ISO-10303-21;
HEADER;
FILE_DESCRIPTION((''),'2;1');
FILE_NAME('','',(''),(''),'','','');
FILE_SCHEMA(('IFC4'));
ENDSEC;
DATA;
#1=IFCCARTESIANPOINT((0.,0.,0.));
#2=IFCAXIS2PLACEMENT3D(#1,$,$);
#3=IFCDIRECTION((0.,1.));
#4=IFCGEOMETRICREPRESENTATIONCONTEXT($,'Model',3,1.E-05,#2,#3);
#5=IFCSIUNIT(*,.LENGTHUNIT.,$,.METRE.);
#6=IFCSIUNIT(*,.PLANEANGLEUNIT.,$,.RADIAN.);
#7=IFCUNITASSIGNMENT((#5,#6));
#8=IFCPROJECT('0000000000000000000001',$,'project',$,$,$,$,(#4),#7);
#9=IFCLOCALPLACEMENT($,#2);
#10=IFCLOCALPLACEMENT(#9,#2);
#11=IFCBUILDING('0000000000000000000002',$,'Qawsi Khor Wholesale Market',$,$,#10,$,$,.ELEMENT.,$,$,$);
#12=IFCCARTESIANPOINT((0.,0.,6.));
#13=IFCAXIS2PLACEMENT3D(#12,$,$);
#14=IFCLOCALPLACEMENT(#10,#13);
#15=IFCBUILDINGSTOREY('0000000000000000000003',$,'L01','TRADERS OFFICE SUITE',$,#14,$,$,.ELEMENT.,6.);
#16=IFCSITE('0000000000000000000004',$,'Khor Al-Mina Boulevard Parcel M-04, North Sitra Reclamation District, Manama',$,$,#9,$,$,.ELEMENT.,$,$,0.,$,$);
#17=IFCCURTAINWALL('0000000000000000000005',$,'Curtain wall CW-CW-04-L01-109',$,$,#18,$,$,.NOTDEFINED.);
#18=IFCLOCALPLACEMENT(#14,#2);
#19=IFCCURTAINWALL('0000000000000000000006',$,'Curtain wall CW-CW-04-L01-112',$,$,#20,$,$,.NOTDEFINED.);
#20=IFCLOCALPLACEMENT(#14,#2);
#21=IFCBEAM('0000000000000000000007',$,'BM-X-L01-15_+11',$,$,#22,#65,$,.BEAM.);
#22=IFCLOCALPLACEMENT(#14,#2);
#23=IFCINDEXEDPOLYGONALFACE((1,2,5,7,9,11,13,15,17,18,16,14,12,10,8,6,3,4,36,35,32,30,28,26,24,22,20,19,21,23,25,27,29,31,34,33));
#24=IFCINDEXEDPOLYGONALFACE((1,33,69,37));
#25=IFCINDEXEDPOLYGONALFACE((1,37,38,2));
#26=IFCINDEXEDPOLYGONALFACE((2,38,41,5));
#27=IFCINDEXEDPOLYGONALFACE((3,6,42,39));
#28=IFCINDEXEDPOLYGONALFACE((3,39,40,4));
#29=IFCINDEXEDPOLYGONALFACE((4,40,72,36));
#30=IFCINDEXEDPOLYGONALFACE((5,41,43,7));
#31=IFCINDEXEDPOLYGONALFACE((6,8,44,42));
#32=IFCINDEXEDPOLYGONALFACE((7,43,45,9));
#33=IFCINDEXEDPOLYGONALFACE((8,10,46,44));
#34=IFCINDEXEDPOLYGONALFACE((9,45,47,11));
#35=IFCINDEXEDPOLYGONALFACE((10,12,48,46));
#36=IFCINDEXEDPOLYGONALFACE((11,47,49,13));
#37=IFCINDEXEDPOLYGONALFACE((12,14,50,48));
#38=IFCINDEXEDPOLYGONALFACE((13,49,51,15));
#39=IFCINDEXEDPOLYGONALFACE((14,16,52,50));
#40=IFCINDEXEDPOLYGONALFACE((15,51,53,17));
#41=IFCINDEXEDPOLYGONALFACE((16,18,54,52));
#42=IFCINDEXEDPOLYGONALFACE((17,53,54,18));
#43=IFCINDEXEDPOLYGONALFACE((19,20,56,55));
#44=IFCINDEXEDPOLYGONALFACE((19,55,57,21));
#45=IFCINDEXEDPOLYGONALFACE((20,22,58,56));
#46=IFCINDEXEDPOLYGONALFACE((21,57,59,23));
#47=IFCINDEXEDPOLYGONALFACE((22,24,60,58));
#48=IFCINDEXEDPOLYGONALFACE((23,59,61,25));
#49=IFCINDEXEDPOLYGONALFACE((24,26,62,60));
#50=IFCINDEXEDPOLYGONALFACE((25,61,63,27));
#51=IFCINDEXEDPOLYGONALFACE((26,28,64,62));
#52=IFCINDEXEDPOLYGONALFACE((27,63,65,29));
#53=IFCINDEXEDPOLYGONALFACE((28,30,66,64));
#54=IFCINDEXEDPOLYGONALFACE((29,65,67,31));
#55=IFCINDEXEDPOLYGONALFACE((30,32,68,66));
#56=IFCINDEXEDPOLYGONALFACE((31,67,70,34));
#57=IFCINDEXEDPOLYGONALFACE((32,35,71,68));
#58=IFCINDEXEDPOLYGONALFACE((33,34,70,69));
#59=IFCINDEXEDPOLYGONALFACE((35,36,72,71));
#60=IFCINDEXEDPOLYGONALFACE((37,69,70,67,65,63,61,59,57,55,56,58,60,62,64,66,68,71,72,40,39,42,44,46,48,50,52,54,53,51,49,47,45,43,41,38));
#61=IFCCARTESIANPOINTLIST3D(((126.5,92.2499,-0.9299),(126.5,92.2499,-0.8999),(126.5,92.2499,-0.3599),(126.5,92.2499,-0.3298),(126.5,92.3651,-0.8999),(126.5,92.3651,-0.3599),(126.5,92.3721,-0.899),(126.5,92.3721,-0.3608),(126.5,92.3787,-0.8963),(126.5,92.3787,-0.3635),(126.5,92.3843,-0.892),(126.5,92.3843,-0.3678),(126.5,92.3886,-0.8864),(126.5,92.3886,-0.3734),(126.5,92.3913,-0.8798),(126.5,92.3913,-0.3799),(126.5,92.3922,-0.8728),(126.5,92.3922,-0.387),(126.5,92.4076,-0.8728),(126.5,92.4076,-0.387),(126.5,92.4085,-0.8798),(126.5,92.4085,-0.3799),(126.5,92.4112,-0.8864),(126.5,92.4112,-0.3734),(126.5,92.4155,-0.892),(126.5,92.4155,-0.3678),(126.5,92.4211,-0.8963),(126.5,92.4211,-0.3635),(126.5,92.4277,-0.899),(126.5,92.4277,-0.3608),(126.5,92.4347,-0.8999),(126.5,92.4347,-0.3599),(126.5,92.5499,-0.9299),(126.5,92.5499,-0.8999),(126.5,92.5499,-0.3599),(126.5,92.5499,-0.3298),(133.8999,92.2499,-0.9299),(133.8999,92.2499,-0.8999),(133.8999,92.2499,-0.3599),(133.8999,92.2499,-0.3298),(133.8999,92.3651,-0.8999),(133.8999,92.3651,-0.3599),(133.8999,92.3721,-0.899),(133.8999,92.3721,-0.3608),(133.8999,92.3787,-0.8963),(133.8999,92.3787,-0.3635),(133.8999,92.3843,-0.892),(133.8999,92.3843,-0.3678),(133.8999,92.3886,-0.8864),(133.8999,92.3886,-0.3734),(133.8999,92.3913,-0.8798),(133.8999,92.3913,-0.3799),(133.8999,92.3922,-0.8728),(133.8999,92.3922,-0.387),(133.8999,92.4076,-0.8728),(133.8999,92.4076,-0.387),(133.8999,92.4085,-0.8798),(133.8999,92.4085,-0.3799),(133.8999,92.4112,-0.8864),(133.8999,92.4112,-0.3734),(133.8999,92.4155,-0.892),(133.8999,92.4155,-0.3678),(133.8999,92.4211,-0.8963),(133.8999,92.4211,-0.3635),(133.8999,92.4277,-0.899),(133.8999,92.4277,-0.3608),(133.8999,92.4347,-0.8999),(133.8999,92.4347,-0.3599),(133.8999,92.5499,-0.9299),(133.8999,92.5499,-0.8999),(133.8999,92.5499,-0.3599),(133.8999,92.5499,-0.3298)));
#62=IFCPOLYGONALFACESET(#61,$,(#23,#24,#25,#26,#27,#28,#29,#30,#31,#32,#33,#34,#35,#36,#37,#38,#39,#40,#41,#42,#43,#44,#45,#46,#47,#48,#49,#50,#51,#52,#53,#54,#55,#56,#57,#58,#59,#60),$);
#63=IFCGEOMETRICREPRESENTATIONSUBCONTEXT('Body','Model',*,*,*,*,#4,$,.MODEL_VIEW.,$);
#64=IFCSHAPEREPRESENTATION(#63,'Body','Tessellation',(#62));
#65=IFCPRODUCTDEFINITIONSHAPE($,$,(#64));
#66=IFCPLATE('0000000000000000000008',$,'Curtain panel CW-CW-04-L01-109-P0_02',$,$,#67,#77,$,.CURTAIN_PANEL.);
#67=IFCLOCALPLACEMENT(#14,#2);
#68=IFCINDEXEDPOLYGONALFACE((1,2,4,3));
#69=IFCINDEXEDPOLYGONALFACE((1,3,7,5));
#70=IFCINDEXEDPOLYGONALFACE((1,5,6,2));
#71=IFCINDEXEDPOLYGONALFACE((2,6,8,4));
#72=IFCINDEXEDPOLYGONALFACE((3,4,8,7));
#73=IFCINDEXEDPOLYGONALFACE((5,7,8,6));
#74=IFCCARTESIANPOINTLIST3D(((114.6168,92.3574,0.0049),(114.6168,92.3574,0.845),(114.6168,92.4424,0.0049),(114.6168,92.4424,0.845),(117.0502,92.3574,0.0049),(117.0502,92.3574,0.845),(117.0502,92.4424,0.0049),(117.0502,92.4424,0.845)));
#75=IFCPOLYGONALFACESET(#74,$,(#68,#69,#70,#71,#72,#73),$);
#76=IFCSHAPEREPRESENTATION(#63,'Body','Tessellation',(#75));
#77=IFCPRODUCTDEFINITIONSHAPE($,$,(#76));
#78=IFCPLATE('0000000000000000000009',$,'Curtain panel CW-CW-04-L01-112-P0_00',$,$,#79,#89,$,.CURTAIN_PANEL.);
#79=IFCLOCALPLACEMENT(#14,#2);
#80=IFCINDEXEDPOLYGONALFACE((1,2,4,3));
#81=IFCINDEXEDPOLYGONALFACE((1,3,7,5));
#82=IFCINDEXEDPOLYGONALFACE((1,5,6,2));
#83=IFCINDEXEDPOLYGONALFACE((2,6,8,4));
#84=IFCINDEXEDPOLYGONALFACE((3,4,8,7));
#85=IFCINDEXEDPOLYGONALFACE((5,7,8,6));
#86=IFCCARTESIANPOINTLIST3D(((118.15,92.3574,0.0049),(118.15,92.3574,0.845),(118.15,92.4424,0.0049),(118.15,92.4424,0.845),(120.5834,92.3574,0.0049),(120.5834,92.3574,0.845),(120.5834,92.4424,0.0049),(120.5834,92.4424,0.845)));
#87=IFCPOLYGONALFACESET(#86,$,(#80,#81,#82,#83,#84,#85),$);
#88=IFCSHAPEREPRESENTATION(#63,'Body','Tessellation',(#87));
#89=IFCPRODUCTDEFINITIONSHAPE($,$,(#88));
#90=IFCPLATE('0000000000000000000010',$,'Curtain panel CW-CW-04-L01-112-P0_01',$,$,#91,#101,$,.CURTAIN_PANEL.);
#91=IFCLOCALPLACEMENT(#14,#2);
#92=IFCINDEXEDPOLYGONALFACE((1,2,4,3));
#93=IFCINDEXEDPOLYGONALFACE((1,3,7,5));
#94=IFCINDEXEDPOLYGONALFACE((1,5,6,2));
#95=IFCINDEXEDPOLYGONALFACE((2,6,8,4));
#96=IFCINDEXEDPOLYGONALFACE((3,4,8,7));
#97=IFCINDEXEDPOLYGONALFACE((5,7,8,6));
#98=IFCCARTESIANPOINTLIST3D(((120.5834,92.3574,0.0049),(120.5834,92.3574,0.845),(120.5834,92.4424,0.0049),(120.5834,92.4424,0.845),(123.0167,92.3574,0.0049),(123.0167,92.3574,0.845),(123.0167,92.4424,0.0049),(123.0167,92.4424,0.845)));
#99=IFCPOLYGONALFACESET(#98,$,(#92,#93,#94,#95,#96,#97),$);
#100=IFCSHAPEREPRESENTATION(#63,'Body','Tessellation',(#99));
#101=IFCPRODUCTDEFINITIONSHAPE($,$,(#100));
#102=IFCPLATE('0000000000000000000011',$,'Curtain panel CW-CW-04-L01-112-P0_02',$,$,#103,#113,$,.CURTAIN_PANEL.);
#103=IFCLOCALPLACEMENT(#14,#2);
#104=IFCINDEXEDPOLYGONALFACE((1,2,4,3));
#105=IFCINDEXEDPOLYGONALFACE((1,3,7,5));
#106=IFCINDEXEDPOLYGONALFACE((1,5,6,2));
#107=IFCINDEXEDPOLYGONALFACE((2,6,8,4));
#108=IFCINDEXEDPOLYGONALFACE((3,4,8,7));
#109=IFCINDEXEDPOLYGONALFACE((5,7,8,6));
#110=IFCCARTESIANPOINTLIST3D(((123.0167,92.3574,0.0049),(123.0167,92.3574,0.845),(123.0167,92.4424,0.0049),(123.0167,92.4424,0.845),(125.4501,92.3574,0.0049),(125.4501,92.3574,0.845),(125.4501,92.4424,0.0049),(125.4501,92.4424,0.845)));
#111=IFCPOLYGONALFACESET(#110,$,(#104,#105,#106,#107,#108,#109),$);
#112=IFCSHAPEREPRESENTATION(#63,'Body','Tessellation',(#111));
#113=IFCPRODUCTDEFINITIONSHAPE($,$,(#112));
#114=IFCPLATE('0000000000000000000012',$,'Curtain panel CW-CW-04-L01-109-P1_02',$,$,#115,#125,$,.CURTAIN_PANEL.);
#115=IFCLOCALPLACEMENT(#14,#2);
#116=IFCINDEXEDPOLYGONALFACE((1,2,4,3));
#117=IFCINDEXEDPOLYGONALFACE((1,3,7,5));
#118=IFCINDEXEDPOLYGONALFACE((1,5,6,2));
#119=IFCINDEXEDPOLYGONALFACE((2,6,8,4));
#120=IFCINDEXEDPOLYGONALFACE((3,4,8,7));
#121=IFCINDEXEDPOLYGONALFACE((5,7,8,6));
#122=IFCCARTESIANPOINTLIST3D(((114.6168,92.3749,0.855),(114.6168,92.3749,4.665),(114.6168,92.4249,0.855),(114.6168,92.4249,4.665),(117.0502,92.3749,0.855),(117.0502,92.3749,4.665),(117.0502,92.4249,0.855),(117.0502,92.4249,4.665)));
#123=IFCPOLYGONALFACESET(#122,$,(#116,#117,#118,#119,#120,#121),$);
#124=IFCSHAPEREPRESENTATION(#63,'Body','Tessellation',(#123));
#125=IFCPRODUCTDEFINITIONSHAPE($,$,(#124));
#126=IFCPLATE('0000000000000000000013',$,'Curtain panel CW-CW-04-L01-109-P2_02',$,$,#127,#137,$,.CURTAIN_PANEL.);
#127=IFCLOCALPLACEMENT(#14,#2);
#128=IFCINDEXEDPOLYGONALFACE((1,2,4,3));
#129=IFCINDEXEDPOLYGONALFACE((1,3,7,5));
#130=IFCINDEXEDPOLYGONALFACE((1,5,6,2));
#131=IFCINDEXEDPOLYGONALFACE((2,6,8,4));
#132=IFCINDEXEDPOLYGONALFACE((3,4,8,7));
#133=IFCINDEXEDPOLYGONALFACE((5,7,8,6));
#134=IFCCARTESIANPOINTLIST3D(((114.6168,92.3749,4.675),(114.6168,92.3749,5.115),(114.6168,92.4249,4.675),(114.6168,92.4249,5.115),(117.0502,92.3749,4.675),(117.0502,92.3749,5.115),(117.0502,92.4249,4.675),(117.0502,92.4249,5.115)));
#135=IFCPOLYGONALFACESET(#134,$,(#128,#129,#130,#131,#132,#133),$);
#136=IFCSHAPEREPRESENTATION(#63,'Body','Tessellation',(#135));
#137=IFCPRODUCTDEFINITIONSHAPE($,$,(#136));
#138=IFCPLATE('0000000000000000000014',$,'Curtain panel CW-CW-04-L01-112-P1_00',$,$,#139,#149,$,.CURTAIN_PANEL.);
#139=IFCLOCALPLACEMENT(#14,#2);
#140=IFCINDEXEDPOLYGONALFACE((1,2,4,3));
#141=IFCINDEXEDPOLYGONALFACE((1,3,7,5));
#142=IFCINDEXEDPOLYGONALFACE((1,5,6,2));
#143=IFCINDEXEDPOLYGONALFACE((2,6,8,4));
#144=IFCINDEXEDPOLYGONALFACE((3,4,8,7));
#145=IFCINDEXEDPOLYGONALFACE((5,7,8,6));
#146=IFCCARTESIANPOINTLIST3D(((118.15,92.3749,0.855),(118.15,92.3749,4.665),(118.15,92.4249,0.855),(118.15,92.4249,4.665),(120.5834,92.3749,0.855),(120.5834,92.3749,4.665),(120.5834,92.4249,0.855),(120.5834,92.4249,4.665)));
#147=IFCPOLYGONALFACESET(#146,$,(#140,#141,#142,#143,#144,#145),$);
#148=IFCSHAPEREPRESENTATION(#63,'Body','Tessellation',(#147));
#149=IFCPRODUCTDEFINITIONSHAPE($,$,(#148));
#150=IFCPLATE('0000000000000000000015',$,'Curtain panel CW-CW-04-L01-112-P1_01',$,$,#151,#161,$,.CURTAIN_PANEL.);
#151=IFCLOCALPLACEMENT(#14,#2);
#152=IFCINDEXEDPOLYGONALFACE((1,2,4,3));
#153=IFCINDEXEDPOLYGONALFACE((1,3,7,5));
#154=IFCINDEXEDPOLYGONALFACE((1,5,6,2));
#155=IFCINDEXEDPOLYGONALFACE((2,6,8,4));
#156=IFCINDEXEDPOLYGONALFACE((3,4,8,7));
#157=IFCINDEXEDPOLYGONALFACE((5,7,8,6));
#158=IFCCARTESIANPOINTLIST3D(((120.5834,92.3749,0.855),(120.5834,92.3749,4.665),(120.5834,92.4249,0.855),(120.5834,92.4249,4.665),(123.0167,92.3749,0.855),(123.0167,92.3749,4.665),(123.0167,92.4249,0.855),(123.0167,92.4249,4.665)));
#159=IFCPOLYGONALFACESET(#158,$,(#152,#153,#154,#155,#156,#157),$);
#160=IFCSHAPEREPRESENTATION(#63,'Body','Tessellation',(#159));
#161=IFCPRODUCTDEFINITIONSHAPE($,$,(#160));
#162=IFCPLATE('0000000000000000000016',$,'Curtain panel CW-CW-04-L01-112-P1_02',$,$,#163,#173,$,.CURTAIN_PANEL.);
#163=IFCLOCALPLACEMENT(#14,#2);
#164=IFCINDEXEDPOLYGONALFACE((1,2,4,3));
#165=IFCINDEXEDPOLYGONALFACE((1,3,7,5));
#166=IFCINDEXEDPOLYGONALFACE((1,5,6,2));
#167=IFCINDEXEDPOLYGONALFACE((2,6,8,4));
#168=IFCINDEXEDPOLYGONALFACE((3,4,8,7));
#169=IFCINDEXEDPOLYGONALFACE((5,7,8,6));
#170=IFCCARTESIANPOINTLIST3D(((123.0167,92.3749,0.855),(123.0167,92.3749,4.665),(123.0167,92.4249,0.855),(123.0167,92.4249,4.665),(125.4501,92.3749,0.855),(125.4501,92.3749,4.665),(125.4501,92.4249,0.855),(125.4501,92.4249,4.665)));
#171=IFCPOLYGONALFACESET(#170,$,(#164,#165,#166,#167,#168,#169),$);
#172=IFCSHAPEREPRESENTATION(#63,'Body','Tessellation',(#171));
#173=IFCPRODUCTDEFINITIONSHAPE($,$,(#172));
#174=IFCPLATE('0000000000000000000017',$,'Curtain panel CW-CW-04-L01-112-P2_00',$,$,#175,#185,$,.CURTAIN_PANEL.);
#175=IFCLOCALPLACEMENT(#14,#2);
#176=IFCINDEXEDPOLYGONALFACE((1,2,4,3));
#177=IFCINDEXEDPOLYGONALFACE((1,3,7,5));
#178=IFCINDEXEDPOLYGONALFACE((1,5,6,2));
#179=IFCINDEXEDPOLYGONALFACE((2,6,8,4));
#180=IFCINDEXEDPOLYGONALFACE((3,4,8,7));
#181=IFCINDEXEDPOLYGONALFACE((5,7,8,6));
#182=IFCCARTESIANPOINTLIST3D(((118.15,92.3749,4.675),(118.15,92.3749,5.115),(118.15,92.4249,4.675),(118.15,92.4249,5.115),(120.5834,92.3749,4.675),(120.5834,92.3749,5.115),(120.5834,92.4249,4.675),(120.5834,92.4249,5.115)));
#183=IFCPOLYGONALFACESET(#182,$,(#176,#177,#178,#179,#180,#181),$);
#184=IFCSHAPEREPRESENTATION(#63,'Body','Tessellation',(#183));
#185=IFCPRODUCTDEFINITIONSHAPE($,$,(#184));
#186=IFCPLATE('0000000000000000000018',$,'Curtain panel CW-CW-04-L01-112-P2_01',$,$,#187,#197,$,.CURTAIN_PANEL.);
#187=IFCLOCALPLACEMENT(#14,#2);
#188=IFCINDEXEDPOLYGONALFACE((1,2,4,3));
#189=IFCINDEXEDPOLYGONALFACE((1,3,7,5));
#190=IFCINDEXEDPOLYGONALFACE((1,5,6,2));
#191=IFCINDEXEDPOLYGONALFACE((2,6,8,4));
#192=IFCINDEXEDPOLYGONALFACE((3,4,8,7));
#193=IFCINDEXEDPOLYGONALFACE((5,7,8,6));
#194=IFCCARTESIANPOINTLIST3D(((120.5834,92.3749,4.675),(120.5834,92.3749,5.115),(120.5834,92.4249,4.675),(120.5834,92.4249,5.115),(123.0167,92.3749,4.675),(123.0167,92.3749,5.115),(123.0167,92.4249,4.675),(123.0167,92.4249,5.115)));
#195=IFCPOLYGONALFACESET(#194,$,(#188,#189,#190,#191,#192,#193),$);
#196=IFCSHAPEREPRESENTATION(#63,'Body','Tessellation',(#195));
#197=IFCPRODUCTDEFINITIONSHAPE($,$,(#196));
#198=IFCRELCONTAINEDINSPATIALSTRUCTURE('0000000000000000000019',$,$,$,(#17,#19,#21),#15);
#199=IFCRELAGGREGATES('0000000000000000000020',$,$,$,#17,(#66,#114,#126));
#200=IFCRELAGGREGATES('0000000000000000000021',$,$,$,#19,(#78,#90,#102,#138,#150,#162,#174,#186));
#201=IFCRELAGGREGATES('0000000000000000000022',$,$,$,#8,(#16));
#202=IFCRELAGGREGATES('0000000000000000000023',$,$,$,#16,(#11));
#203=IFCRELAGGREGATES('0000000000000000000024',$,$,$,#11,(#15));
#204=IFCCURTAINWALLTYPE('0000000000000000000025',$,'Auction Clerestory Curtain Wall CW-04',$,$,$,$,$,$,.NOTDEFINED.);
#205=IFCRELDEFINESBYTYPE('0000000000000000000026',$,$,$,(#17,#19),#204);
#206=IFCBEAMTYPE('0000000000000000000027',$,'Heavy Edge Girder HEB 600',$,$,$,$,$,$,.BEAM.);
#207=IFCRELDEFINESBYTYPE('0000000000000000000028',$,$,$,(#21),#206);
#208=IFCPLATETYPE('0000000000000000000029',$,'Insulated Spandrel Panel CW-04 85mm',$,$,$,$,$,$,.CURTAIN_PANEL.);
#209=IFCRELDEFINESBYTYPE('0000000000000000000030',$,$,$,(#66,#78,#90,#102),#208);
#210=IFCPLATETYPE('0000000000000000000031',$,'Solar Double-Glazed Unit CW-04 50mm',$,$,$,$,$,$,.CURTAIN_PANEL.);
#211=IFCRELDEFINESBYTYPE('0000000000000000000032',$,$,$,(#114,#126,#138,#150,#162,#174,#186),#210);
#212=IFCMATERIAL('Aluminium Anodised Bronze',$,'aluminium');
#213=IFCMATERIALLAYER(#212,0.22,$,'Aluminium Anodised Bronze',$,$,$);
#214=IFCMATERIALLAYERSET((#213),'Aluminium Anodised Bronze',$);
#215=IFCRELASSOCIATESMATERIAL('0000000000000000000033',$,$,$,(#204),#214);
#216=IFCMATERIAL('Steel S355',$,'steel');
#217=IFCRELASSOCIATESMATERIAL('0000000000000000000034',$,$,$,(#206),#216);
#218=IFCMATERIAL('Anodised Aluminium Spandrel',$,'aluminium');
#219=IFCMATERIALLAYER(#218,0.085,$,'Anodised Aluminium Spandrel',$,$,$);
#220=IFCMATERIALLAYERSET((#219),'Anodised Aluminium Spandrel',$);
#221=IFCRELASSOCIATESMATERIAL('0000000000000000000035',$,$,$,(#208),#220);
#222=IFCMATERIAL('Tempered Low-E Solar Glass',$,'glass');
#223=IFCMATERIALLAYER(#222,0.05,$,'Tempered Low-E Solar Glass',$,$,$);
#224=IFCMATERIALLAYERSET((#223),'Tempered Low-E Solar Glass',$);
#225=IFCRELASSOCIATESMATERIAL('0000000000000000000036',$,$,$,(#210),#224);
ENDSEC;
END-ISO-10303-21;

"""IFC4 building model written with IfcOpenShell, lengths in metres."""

from ifc_helpers import new_model, si_unit, direction, frame, frame_2d, origin, origin_2d, place, context, subcontext, project, spatial, rectangle, i_section, extrude, material, layer, layer_set, material_profile, profile_set, type_object, element, aggregate, save


model = new_model("IFC4")

# Units and contexts
model_context = context("Model", 3, precision=1e-05, world=origin(), true_north=direction((0.0, 1.0)))
body_context = subcontext(model_context, "Body", "Model", "MODEL_VIEW")
ifc_project = project(units=[si_unit("LENGTHUNIT", "METRE"), si_unit("PLANEANGLEUNIT", "RADIAN")], contexts=[model_context])

# Site, building, storey
site_placement = place(None, origin())
site = spatial("IfcSite", under=ifc_project, at=site_placement, Name="Khor Al-Mina Boulevard Parcel M-04, North Sitra Reclamation District, Manama", CompositionType="ELEMENT", RefElevation=0.0)
building_placement = place(site_placement, origin())
building = spatial("IfcBuilding", under=site, at=building_placement, Name="Qawsi Khor Wholesale Market", CompositionType="ELEMENT")
storey_placement = place(building_placement, frame((0.0, 0.0, 6.0)))
storey = spatial("IfcBuildingStorey", under=building, at=storey_placement, Name="L01", Description="TRADERS OFFICE SUITE", CompositionType="ELEMENT", Elevation=6.0)

# Curtain walls
ifc_material_1 = material(Name="Aluminium Anodised Bronze", Category="aluminium")
ifc_layer_1 = layer(ifc_material_1, 0.22, Name="Aluminium Anodised Bronze")
ifc_layer_set_1 = layer_set([ifc_layer_1], Name="Aluminium Anodised Bronze")
curtain_wall_type = type_object("IfcCurtainWallType", Name="Auction Clerestory Curtain Wall CW-04", PredefinedType="NOTDEFINED", material=ifc_layer_set_1)
curtain_wall_1_placement = place(storey_placement, origin())
curtain_wall_1 = element("IfcCurtainWall", 1, at=curtain_wall_1_placement, inside=storey, type_object=curtain_wall_type, Name="Curtain wall CW-CW-04-L01-109", PredefinedType="NOTDEFINED")
curtain_wall_2_placement = place(storey_placement, origin())
curtain_wall_2 = element("IfcCurtainWall", 2, at=curtain_wall_2_placement, inside=storey, type_object=curtain_wall_type, Name="Curtain wall CW-CW-04-L01-112", PredefinedType="NOTDEFINED")

# Beam
ifc_material_2 = material(Name="Steel S355", Category="steel")
ifc_material_profile_1 = material_profile(ifc_material_2, i_section(OverallWidth=0.3, OverallDepth=0.6001, WebThickness=0.0154, FlangeThickness=0.03, FilletRadius=0.0271, at=origin_2d()), Name="HEB 600")
ifc_profile_set_1 = profile_set([ifc_material_profile_1], Name="Steel S355")
beam_type = type_object("IfcBeamType", Name="Heavy Edge Girder HEB 600", PredefinedType="BEAM", material=ifc_profile_set_1)
for number, where, z_axis, x_axis, name in (
    (3, (126.5, 92.3999, -0.6299), (1.0, 0.0, 0.0), (0.0, 1.0, 0.0), "BM-X-L01-15_+11"),
):
    element("IfcBeam", number, at=place(storey_placement, frame(where, z_axis=z_axis, x_axis=x_axis)), inside=storey, type_object=beam_type, Name=name, PredefinedType="BEAM", context=body_context, shape_type="SweptSolid", body=[
        extrude(i_section(OverallWidth=0.3, OverallDepth=0.6001, WebThickness=0.0154, FlangeThickness=0.03, FilletRadius=0.0271, at=origin_2d()), origin(), (0.0, 0.0, 1.0), 7.3999),
    ])

# Plates
ifc_material_3 = material(Name="Anodised Aluminium Spandrel", Category="aluminium")
ifc_layer_2 = layer(ifc_material_3, 0.085, Name="Anodised Aluminium Spandrel")
ifc_layer_set_2 = layer_set([ifc_layer_2], Name="Anodised Aluminium Spandrel")
plate_type_1 = type_object("IfcPlateType", Name="Insulated Spandrel Panel CW-04 85mm", PredefinedType="CURTAIN_PANEL", material=ifc_layer_set_2)
plate_1_placement = place(storey_placement, frame((114.6167, 92.3999, 0.0049), z_axis=(0.0, 0.0, 1.0), x_axis=(1.0, 0.0, 0.0)))
plate_1 = element("IfcPlate", 4, at=plate_1_placement, type_object=plate_type_1, Name="Curtain panel CW-CW-04-L01-109-P0_02", PredefinedType="CURTAIN_PANEL", context=body_context, shape_type="SweptSolid", body=[
    extrude(rectangle(XDim=2.4333, YDim=0.085, at=frame_2d((1.2168, 0.0))), origin(), (0.0, 0.0, 1.0), 0.8401),
])
plate_2_placement = place(storey_placement, frame((118.1499, 92.3999, 0.0049), z_axis=(0.0, 0.0, 1.0), x_axis=(1.0, 0.0, 0.0)))
plate_2 = element("IfcPlate", 5, at=plate_2_placement, type_object=plate_type_1, Name="Curtain panel CW-CW-04-L01-112-P0_00", PredefinedType="CURTAIN_PANEL", context=body_context, shape_type="SweptSolid", body=[
    extrude(rectangle(XDim=2.4333, YDim=0.085, at=frame_2d((1.2168, 0.0))), origin(), (0.0, 0.0, 1.0), 0.8401),
])
plate_3_placement = place(storey_placement, frame((120.5833, 92.3999, 0.0049), z_axis=(0.0, 0.0, 1.0), x_axis=(1.0, 0.0, 0.0)))
plate_3 = element("IfcPlate", 6, at=plate_3_placement, type_object=plate_type_1, Name="Curtain panel CW-CW-04-L01-112-P0_01", PredefinedType="CURTAIN_PANEL", context=body_context, shape_type="SweptSolid", body=[
    extrude(rectangle(XDim=2.4333, YDim=0.085, at=frame_2d((1.2168, 0.0))), origin(), (0.0, 0.0, 1.0), 0.8401),
])
plate_4_placement = place(storey_placement, frame((123.0166, 92.3999, 0.0049), z_axis=(0.0, 0.0, 1.0), x_axis=(1.0, 0.0, 0.0)))
plate_4 = element("IfcPlate", 7, at=plate_4_placement, type_object=plate_type_1, Name="Curtain panel CW-CW-04-L01-112-P0_02", PredefinedType="CURTAIN_PANEL", context=body_context, shape_type="SweptSolid", body=[
    extrude(rectangle(XDim=2.4333, YDim=0.085, at=frame_2d((1.2168, 0.0))), origin(), (0.0, 0.0, 1.0), 0.8401),
])
ifc_material_4 = material(Name="Tempered Low-E Solar Glass", Category="glass")
ifc_layer_3 = layer(ifc_material_4, 0.05, Name="Tempered Low-E Solar Glass")
ifc_layer_set_3 = layer_set([ifc_layer_3], Name="Tempered Low-E Solar Glass")
plate_type_2 = type_object("IfcPlateType", Name="Solar Double-Glazed Unit CW-04 50mm", PredefinedType="CURTAIN_PANEL", material=ifc_layer_set_3)
plate_5_placement = place(storey_placement, frame((114.6167, 92.3999, 0.855), z_axis=(0.0, 0.0, 1.0), x_axis=(1.0, 0.0, 0.0)))
plate_5 = element("IfcPlate", 8, at=plate_5_placement, type_object=plate_type_2, Name="Curtain panel CW-CW-04-L01-109-P1_02", PredefinedType="CURTAIN_PANEL", context=body_context, shape_type="SweptSolid", body=[
    extrude(rectangle(XDim=2.4333, YDim=0.05, at=frame_2d((1.2168, 0.0))), origin(), (0.0, 0.0, 1.0), 3.8101),
])
plate_6_placement = place(storey_placement, frame((114.6167, 92.3999, 4.675), z_axis=(0.0, 0.0, 1.0), x_axis=(1.0, 0.0, 0.0)))
plate_6 = element("IfcPlate", 9, at=plate_6_placement, type_object=plate_type_2, Name="Curtain panel CW-CW-04-L01-109-P2_02", PredefinedType="CURTAIN_PANEL", context=body_context, shape_type="SweptSolid", body=[
    extrude(rectangle(XDim=2.4333, YDim=0.05, at=frame_2d((1.2168, 0.0))), origin(), (0.0, 0.0, 1.0), 0.4399),
])
aggregate(curtain_wall_1, [plate_1, plate_5, plate_6])
plate_7_placement = place(storey_placement, frame((118.1499, 92.3999, 0.855), z_axis=(0.0, 0.0, 1.0), x_axis=(1.0, 0.0, 0.0)))
plate_7 = element("IfcPlate", 10, at=plate_7_placement, type_object=plate_type_2, Name="Curtain panel CW-CW-04-L01-112-P1_00", PredefinedType="CURTAIN_PANEL", context=body_context, shape_type="SweptSolid", body=[
    extrude(rectangle(XDim=2.4333, YDim=0.05, at=frame_2d((1.2168, 0.0))), origin(), (0.0, 0.0, 1.0), 3.8101),
])
plate_8_placement = place(storey_placement, frame((120.5833, 92.3999, 0.855), z_axis=(0.0, 0.0, 1.0), x_axis=(1.0, 0.0, 0.0)))
plate_8 = element("IfcPlate", 11, at=plate_8_placement, type_object=plate_type_2, Name="Curtain panel CW-CW-04-L01-112-P1_01", PredefinedType="CURTAIN_PANEL", context=body_context, shape_type="SweptSolid", body=[
    extrude(rectangle(XDim=2.4333, YDim=0.05, at=frame_2d((1.2168, 0.0))), origin(), (0.0, 0.0, 1.0), 3.8101),
])
plate_9_placement = place(storey_placement, frame((123.0166, 92.3999, 0.855), z_axis=(0.0, 0.0, 1.0), x_axis=(1.0, 0.0, 0.0)))
plate_9 = element("IfcPlate", 12, at=plate_9_placement, type_object=plate_type_2, Name="Curtain panel CW-CW-04-L01-112-P1_02", PredefinedType="CURTAIN_PANEL", context=body_context, shape_type="SweptSolid", body=[
    extrude(rectangle(XDim=2.4333, YDim=0.05, at=frame_2d((1.2168, 0.0))), origin(), (0.0, 0.0, 1.0), 3.8101),
])
plate_10_placement = place(storey_placement, frame((118.1499, 92.3999, 4.675), z_axis=(0.0, 0.0, 1.0), x_axis=(1.0, 0.0, 0.0)))
plate_10 = element("IfcPlate", 13, at=plate_10_placement, type_object=plate_type_2, Name="Curtain panel CW-CW-04-L01-112-P2_00", PredefinedType="CURTAIN_PANEL", context=body_context, shape_type="SweptSolid", body=[
    extrude(rectangle(XDim=2.4333, YDim=0.05, at=frame_2d((1.2168, 0.0))), origin(), (0.0, 0.0, 1.0), 0.4399),
])
plate_11_placement = place(storey_placement, frame((120.5833, 92.3999, 4.675), z_axis=(0.0, 0.0, 1.0), x_axis=(1.0, 0.0, 0.0)))
plate_11 = element("IfcPlate", 14, at=plate_11_placement, type_object=plate_type_2, Name="Curtain panel CW-CW-04-L01-112-P2_01", PredefinedType="CURTAIN_PANEL", context=body_context, shape_type="SweptSolid", body=[
    extrude(rectangle(XDim=2.4333, YDim=0.05, at=frame_2d((1.2168, 0.0))), origin(), (0.0, 0.0, 1.0), 0.4399),
])
aggregate(curtain_wall_2, [plate_2, plate_3, plate_4, plate_7, plate_8, plate_9, plate_10, plate_11])

save(model, "model.ifc")
